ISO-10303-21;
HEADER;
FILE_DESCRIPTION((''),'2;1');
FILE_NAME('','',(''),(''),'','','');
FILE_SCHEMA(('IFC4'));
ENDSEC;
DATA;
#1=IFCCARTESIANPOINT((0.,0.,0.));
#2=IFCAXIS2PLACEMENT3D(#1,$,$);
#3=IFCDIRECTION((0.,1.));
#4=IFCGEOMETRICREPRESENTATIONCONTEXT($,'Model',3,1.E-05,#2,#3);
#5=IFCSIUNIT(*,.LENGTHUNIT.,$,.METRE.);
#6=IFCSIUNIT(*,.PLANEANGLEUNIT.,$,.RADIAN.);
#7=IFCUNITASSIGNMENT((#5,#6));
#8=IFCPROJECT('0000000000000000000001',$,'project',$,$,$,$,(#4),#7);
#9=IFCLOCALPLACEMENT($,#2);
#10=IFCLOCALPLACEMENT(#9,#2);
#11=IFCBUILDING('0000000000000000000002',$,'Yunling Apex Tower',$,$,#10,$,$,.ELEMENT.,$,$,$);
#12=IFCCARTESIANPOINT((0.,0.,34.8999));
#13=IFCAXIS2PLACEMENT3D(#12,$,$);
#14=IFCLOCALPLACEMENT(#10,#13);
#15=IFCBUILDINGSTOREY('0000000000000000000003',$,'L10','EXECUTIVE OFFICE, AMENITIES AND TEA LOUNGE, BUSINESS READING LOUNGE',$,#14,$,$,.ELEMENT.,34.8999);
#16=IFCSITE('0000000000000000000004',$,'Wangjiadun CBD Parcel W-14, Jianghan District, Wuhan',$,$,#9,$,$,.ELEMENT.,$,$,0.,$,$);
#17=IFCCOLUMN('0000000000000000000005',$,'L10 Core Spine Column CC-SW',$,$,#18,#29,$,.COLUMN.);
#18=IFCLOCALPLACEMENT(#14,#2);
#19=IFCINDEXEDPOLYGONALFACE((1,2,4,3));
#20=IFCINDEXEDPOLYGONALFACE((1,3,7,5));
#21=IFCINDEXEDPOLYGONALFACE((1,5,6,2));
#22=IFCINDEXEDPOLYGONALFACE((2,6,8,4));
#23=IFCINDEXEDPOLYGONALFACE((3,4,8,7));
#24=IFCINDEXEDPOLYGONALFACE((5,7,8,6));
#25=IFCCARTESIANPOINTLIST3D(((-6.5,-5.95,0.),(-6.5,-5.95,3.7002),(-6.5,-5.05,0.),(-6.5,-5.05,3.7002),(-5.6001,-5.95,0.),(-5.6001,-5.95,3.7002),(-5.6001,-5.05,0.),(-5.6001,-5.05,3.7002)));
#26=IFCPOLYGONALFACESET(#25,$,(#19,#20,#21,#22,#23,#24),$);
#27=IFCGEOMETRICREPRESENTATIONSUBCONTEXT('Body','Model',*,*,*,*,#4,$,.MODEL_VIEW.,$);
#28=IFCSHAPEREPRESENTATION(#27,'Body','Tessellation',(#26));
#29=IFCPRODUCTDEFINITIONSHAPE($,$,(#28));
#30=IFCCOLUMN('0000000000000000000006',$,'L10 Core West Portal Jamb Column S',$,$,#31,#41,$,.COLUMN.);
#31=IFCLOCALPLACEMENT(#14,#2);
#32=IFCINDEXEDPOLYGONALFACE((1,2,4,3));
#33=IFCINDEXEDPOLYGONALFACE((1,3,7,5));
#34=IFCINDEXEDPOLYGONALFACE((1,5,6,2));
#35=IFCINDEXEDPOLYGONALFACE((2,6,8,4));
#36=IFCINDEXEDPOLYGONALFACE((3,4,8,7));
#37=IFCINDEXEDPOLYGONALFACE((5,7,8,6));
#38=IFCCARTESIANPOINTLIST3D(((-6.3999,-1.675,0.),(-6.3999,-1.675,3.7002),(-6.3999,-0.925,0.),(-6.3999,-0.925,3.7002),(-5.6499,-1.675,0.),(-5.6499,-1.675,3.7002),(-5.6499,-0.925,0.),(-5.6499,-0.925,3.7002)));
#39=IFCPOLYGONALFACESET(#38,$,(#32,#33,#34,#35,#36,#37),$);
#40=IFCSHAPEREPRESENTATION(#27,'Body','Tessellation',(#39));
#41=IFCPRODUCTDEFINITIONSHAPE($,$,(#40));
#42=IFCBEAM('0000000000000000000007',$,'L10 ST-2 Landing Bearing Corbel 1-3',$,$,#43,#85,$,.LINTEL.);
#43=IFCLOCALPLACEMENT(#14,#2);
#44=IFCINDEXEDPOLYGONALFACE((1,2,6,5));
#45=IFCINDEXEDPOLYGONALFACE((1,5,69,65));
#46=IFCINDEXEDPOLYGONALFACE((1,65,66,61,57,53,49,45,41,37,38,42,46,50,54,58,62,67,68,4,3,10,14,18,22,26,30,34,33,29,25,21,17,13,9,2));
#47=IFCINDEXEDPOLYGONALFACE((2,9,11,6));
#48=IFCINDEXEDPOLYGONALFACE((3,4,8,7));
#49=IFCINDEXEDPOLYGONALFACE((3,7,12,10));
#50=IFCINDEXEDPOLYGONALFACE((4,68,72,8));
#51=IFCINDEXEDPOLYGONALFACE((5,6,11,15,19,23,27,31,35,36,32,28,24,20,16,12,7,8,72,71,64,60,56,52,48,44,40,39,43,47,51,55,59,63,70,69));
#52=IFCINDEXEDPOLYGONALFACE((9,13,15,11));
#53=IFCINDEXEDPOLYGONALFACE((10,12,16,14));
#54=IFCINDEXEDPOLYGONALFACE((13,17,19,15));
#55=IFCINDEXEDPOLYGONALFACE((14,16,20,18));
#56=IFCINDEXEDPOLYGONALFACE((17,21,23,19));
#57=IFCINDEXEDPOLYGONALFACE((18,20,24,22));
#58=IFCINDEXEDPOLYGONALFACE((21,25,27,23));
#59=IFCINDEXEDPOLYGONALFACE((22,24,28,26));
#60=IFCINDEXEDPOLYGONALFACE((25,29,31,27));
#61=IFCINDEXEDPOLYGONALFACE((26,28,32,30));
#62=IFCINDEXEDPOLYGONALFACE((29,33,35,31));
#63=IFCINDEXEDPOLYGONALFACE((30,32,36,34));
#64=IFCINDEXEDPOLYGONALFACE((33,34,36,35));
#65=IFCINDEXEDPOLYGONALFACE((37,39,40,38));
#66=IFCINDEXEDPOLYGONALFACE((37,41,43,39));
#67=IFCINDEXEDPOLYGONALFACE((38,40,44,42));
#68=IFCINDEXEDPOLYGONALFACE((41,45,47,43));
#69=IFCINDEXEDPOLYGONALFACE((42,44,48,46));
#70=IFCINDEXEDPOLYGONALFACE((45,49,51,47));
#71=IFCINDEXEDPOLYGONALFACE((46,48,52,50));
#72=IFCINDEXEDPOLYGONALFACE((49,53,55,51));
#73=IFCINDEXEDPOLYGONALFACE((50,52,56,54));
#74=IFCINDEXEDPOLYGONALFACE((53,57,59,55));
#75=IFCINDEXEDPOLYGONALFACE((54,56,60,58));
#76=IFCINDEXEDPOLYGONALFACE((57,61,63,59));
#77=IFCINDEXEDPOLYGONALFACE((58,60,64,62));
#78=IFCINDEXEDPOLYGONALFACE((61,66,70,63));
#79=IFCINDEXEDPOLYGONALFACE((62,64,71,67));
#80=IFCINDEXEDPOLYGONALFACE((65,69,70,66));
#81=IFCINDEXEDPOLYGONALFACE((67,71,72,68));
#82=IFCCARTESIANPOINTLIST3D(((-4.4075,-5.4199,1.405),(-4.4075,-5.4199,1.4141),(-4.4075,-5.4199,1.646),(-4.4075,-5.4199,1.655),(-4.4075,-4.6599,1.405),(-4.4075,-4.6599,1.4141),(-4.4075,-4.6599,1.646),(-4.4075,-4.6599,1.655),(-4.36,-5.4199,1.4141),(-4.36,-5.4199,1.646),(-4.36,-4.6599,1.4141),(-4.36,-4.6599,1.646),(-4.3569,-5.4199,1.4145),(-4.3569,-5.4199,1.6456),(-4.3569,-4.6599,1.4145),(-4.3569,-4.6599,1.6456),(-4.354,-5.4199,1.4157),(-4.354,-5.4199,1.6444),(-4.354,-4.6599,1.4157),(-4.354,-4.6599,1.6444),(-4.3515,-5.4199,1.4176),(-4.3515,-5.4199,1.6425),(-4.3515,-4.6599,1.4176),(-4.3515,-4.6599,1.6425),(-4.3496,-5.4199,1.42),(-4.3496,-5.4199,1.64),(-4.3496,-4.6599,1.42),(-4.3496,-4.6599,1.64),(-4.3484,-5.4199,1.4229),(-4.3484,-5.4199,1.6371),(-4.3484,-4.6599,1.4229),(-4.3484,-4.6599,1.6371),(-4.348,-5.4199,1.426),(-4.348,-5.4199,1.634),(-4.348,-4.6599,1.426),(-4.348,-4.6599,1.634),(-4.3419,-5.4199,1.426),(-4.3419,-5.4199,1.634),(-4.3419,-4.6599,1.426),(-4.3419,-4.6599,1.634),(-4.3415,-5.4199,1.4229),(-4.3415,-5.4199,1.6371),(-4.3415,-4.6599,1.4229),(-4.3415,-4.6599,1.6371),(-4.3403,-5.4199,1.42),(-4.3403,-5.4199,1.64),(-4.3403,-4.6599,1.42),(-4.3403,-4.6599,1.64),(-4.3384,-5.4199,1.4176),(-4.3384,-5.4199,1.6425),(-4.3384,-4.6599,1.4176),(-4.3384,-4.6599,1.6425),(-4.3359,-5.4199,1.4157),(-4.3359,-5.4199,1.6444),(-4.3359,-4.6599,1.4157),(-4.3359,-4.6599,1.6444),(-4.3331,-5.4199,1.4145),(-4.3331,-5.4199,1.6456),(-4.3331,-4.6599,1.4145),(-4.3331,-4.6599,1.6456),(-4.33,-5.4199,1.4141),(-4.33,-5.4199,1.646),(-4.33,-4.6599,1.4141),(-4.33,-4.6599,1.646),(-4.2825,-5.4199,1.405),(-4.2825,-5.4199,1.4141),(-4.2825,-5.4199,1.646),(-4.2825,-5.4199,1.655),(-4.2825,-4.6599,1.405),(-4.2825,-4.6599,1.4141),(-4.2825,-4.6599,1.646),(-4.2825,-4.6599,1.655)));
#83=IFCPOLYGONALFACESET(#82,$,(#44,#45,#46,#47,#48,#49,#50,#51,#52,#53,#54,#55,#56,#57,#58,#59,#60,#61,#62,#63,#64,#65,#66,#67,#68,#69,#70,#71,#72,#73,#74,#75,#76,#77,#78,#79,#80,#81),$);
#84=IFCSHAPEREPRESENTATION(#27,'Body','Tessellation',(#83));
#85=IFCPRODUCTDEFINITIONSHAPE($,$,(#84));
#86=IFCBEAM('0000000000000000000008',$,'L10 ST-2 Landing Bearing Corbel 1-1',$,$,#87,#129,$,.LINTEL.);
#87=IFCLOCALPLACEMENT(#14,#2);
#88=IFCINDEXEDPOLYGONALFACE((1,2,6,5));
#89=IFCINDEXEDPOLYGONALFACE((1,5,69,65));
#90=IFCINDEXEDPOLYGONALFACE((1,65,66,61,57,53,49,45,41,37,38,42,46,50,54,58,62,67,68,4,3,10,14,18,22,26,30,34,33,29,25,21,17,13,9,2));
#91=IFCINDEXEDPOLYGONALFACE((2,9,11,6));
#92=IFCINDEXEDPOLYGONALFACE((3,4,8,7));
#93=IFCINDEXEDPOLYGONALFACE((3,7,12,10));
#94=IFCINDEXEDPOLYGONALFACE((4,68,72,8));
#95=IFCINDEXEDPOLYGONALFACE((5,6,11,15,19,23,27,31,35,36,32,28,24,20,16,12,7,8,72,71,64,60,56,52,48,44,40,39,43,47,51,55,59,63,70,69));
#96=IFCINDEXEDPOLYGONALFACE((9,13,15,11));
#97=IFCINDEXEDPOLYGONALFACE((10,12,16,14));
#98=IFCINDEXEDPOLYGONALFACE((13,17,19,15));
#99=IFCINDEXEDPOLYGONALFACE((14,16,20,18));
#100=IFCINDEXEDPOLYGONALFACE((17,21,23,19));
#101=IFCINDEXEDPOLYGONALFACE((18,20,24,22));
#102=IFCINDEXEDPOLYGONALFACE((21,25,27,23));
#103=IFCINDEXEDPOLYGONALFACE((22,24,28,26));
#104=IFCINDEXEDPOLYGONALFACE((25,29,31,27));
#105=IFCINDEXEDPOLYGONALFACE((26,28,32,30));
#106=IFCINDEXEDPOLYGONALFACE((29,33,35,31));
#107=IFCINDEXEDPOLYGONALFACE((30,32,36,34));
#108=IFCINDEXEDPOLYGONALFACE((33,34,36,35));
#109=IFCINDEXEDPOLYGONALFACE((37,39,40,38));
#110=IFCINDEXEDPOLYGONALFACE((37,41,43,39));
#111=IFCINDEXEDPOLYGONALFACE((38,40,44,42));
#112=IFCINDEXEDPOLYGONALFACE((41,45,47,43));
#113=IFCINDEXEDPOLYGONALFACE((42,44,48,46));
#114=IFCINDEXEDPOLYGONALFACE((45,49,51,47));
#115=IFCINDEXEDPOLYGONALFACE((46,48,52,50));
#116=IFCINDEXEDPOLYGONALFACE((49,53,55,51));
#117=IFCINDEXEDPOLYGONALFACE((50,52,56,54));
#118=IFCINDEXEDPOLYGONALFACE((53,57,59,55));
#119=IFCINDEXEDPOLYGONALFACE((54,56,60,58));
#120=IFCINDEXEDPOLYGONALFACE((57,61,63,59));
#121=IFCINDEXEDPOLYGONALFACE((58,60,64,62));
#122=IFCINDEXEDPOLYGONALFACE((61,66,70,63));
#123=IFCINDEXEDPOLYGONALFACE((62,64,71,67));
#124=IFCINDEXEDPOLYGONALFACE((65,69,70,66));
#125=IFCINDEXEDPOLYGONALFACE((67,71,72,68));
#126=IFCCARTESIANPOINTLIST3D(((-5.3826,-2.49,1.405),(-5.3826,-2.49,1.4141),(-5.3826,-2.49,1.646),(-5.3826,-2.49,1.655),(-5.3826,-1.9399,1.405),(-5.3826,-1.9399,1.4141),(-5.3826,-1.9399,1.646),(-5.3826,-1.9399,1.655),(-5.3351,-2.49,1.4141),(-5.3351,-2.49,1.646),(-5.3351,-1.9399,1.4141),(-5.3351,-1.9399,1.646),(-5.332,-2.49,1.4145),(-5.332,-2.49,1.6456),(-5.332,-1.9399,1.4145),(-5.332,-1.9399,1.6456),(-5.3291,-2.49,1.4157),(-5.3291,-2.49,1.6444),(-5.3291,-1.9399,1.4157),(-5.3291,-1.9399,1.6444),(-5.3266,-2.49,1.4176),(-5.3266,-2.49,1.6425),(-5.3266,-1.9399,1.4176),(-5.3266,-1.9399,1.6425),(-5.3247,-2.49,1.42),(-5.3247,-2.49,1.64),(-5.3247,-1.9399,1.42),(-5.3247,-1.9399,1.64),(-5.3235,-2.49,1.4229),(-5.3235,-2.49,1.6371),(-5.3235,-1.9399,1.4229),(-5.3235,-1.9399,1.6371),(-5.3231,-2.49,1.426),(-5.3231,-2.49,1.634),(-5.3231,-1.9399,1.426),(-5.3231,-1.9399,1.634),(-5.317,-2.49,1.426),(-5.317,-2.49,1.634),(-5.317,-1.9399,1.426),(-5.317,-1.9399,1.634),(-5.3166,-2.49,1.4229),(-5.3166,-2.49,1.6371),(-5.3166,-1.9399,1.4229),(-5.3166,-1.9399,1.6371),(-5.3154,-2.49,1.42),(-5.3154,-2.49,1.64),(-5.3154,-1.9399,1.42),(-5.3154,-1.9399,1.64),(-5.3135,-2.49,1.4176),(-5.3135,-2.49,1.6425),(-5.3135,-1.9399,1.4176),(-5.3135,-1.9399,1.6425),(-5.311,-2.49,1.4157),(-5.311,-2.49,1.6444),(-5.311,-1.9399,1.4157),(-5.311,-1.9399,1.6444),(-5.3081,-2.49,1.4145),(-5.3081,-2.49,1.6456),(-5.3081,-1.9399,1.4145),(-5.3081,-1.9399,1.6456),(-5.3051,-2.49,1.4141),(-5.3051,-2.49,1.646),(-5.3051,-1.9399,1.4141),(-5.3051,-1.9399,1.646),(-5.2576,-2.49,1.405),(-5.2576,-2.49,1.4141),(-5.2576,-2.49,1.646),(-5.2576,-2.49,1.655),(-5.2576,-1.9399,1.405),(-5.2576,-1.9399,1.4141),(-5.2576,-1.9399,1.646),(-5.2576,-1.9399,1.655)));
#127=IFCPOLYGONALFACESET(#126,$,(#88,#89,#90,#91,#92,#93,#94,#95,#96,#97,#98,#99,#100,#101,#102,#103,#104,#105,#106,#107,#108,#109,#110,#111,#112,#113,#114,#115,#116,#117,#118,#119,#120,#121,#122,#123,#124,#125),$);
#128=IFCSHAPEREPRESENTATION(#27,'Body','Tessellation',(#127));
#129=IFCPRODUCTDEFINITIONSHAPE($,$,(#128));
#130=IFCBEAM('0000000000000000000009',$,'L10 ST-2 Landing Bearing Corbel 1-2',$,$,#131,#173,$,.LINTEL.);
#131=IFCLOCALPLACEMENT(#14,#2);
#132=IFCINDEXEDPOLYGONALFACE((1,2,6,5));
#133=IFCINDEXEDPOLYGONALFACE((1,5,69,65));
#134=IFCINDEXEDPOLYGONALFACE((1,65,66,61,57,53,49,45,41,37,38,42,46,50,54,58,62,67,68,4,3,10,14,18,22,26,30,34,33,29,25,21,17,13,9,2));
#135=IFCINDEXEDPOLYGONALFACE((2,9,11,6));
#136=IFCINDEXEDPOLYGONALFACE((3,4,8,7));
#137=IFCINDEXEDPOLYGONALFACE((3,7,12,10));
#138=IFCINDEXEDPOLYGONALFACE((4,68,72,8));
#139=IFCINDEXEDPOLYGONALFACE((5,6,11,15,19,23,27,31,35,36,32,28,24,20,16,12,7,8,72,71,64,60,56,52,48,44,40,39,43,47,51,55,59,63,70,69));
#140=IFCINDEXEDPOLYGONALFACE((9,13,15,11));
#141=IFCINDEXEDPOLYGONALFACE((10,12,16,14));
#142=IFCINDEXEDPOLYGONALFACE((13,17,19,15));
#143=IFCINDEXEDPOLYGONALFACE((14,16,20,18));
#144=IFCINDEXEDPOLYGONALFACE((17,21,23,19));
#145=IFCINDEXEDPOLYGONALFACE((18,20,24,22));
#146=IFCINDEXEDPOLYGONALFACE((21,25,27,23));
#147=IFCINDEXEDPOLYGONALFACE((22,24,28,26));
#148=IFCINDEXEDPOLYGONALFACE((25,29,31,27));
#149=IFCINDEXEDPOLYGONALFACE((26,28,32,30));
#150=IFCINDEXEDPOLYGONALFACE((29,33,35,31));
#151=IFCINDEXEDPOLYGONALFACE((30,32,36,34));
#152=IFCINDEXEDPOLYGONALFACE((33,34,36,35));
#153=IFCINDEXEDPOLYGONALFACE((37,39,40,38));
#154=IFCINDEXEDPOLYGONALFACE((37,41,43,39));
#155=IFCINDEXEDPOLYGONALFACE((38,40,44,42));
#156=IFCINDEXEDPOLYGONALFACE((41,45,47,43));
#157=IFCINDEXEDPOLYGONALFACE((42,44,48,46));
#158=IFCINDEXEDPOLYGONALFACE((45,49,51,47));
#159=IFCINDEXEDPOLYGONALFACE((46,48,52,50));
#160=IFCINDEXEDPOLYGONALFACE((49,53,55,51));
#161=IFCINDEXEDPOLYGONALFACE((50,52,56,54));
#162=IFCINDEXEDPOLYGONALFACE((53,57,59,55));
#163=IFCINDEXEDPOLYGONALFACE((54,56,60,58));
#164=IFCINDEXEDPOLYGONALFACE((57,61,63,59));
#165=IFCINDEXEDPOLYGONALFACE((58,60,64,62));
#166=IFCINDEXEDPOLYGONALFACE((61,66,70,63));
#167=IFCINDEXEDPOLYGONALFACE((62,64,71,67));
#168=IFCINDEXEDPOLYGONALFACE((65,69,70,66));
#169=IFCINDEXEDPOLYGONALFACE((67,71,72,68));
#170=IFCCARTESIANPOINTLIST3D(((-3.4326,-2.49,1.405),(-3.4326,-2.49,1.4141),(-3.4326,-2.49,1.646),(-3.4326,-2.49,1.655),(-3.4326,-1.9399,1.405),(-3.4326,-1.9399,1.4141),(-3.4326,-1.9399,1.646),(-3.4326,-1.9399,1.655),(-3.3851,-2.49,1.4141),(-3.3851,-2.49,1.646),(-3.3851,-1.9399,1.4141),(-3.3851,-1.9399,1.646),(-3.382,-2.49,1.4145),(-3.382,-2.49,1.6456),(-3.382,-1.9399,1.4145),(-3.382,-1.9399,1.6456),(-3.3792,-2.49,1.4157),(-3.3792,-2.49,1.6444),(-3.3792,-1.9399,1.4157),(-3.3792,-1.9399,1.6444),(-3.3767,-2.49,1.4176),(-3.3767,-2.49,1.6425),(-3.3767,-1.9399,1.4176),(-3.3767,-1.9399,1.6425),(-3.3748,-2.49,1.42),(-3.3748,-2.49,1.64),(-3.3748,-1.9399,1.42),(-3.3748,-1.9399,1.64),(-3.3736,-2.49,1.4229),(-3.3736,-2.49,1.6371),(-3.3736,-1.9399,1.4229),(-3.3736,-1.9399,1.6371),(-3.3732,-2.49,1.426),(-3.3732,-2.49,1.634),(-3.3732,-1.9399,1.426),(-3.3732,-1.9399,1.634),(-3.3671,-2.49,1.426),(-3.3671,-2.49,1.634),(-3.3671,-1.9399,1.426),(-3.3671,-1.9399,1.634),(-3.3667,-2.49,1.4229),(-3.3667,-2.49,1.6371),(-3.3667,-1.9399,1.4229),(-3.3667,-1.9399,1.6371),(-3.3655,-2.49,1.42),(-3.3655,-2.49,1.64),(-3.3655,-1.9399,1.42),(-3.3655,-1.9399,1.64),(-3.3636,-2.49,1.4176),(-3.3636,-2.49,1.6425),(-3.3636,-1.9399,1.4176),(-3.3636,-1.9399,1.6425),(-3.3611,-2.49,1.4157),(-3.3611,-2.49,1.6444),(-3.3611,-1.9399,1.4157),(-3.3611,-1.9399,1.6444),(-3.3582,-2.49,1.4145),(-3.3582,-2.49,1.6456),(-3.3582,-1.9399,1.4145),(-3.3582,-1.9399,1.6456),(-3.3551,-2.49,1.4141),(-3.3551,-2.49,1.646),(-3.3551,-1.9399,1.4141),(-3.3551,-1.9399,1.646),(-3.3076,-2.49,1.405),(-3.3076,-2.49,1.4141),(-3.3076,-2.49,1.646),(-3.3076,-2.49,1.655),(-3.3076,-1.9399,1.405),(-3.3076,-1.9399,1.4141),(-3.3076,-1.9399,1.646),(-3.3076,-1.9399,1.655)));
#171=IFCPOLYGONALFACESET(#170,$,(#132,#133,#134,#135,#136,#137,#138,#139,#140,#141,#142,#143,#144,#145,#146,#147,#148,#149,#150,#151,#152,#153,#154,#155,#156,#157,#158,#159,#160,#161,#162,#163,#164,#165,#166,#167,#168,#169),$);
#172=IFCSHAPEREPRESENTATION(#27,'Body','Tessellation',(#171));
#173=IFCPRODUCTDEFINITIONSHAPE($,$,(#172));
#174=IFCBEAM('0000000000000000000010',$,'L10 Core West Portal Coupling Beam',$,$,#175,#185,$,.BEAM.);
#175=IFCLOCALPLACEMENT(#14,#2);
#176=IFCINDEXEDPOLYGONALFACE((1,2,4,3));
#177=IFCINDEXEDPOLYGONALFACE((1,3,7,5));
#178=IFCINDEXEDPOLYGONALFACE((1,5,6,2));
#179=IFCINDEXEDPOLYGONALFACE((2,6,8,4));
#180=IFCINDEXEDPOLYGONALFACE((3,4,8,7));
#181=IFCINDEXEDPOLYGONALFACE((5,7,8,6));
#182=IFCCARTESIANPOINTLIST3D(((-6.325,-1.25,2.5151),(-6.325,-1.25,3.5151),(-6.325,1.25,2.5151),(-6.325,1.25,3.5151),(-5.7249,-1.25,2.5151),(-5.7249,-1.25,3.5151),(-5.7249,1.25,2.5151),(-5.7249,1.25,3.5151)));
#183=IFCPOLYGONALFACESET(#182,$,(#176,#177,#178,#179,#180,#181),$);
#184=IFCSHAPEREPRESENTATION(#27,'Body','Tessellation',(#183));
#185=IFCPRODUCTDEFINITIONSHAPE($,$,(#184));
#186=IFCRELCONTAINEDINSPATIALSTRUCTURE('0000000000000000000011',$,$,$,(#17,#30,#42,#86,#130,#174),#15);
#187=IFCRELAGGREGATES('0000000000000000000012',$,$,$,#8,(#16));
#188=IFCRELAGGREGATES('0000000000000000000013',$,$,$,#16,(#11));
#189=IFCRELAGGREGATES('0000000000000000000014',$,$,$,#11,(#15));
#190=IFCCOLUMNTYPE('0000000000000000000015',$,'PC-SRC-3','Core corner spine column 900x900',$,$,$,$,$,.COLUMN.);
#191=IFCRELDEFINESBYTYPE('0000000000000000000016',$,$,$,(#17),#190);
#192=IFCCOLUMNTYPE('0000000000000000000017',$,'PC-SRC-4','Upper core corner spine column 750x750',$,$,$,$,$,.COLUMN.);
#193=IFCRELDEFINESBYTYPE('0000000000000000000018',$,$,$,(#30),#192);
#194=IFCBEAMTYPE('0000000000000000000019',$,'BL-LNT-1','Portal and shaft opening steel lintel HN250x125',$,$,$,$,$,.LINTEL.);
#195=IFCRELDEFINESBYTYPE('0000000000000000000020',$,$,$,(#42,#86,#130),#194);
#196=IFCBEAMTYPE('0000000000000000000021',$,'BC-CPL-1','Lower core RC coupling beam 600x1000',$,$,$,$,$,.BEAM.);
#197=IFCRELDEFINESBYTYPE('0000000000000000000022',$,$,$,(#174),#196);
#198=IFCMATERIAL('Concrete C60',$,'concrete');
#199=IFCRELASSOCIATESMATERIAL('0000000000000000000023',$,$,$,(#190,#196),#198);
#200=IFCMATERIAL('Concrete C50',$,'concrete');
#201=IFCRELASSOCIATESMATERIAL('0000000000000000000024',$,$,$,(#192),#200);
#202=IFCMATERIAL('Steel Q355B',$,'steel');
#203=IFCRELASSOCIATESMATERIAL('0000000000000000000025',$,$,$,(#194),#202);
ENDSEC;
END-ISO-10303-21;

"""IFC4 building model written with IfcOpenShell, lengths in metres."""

from ifc_helpers import new_model, si_unit, direction, frame, origin, origin_2d, place, context, subcontext, project, spatial, rectangle, i_section, extrude, source, transform, mapped, material, material_profile, profile_set, type_object, element, save


model = new_model("IFC4")

# Units and contexts
model_context = context("Model", 3, precision=1e-05, world=origin(), true_north=direction((0.0, 1.0)))
body_context = subcontext(model_context, "Body", "Model", "MODEL_VIEW")
ifc_project = project(units=[si_unit("LENGTHUNIT", "METRE"), si_unit("PLANEANGLEUNIT", "RADIAN")], contexts=[model_context])

# Site, building, storey
site_placement = place(None, origin())
site = spatial("IfcSite", under=ifc_project, at=site_placement, Name="Wangjiadun CBD Parcel W-14, Jianghan District, Wuhan", CompositionType="ELEMENT", RefElevation=0.0)
building_placement = place(site_placement, origin())
building = spatial("IfcBuilding", under=site, at=building_placement, Name="Yunling Apex Tower", CompositionType="ELEMENT")
storey_placement = place(building_placement, frame((0.0, 0.0, 34.8999)))
storey = spatial("IfcBuildingStorey", under=building, at=storey_placement, Name="L10", Description="EXECUTIVE OFFICE, AMENITIES AND TEA LOUNGE, BUSINESS READING LOUNGE", CompositionType="ELEMENT", Elevation=34.8999)

# Columns
ifc_material_1 = material(Name="Concrete C60", Category="concrete")
ifc_material_profile_1 = material_profile(ifc_material_1, rectangle(XDim=0.8999, YDim=0.8999, at=origin_2d()))
ifc_profile_set_1 = profile_set([ifc_material_profile_1], Name="Concrete C60")
column_type_1 = type_object("IfcColumnType", Name="PC-SRC-3", Description="Core corner spine column 900x900", PredefinedType="COLUMN", material=ifc_profile_set_1)
shared_shape_1 = source(origin(), body_context, "Body", "SweptSolid", [
    extrude(rectangle(XDim=0.8999, YDim=0.8999, at=origin_2d()), origin(), (0.0, 0.0, 1.0), 3.7002),
])
column_1_placement = place(storey_placement, frame((-6.05, -5.5, 0.0), z_axis=(0.0, 0.0, 1.0), x_axis=(1.0, 0.0, 0.0)))
element("IfcColumn", 1, at=column_1_placement, inside=storey, type_object=column_type_1, Name="L10 Core Spine Column CC-SW", PredefinedType="COLUMN", context=body_context, shape_type="MappedRepresentation", body=[
    mapped(shared_shape_1, transform((0.0, 0.0, 0.0), scale=1.0)),
])
ifc_material_2 = material(Name="Concrete C50", Category="concrete")
ifc_material_profile_2 = material_profile(ifc_material_2, rectangle(XDim=0.75, YDim=0.75, at=origin_2d()))
ifc_profile_set_2 = profile_set([ifc_material_profile_2], Name="Concrete C50")
column_type_2 = type_object("IfcColumnType", Name="PC-SRC-4", Description="Upper core corner spine column 750x750", PredefinedType="COLUMN", material=ifc_profile_set_2)
shared_shape_2 = source(origin(), body_context, "Body", "SweptSolid", [
    extrude(rectangle(XDim=0.75, YDim=0.75, at=origin_2d()), origin(), (0.0, 0.0, 1.0), 3.7002),
])
column_2_placement = place(storey_placement, frame((-6.0249, -1.3, 0.0), z_axis=(0.0, 0.0, 1.0), x_axis=(1.0, 0.0, 0.0)))
element("IfcColumn", 2, at=column_2_placement, inside=storey, type_object=column_type_2, Name="L10 Core West Portal Jamb Column S", PredefinedType="COLUMN", context=body_context, shape_type="MappedRepresentation", body=[
    mapped(shared_shape_2, transform((0.0, 0.0, 0.0), scale=1.0)),
])

# Beams
ifc_material_3 = material(Name="Steel Q355B", Category="steel")
ifc_material_profile_3 = material_profile(ifc_material_3, i_section(OverallWidth=0.125, OverallDepth=0.25, WebThickness=0.0061, FlangeThickness=0.009, FilletRadius=0.012, at=origin_2d()))
ifc_profile_set_3 = profile_set([ifc_material_profile_3], Name="Steel Q355B")
beam_type_1 = type_object("IfcBeamType", Name="BL-LNT-1", Description="Portal and shaft opening steel lintel HN250x125", PredefinedType="LINTEL", material=ifc_profile_set_3)
shared_shape_3 = source(origin(), body_context, "Body", "SweptSolid", [
    extrude(i_section(OverallWidth=0.125, OverallDepth=0.25, WebThickness=0.0061, FlangeThickness=0.009, FilletRadius=0.012, at=origin_2d()), origin(), (0.0, 0.0, 1.0), 0.76),
])
beam_1_placement = place(storey_placement, frame((-4.345, -5.4199, 1.53), z_axis=(0.0, 1.0, 0.0), x_axis=(-1.0, 0.0, 0.0)))
element("IfcBeam", 3, at=beam_1_placement, inside=storey, type_object=beam_type_1, Name="L10 ST-2 Landing Bearing Corbel 1-3", PredefinedType="LINTEL", context=body_context, shape_type="MappedRepresentation", body=[
    mapped(shared_shape_3, transform((0.0, 0.0, 0.0), scale=1.0)),
])
shared_shape_4 = source(origin(), body_context, "Body", "SweptSolid", [
    extrude(i_section(OverallWidth=0.125, OverallDepth=0.25, WebThickness=0.0061, FlangeThickness=0.009, FilletRadius=0.012, at=origin_2d()), origin(), (0.0, 0.0, 1.0), 0.55),
])
for number, where, z_axis, x_axis, name in (
    (4, (-5.3201, -1.9399, 1.53), (0.0, -1.0, 0.0), (1.0, 0.0, 0.0), "L10 ST-2 Landing Bearing Corbel 1-1"),
    (5, (-3.3701, -1.9399, 1.53), (0.0, -1.0, 0.0), (1.0, 0.0, 0.0), "L10 ST-2 Landing Bearing Corbel 1-2"),
):
    element("IfcBeam", number, at=place(storey_placement, frame(where, z_axis=z_axis, x_axis=x_axis)), inside=storey, type_object=beam_type_1, Name=name, PredefinedType="LINTEL", context=body_context, shape_type="MappedRepresentation", body=[
        mapped(shared_shape_4, transform((0.0, 0.0, 0.0), scale=1.0)),
    ])
ifc_material_profile_4 = material_profile(ifc_material_1, rectangle(XDim=0.6001, YDim=1.0, at=origin_2d()))
ifc_profile_set_4 = profile_set([ifc_material_profile_4], Name="Concrete C60")
beam_type_2 = type_object("IfcBeamType", Name="BC-CPL-1", Description="Lower core RC coupling beam 600x1000", PredefinedType="BEAM", material=ifc_profile_set_4)
shared_shape_5 = source(origin(), body_context, "Body", "SweptSolid", [
    extrude(rectangle(XDim=0.6001, YDim=1.0, at=origin_2d()), origin(), (0.0, 0.0, 1.0), 2.5),
])
beam_2_placement = place(storey_placement, frame((-6.0249, -1.25, 3.0151), z_axis=(0.0, 1.0, 0.0), x_axis=(-1.0, 0.0, 0.0)))
element("IfcBeam", 6, at=beam_2_placement, inside=storey, type_object=beam_type_2, Name="L10 Core West Portal Coupling Beam", PredefinedType="BEAM", context=body_context, shape_type="MappedRepresentation", body=[
    mapped(shared_shape_5, transform((0.0, 0.0, 0.0), scale=1.0)),
])

save(model, "model.ifc")
